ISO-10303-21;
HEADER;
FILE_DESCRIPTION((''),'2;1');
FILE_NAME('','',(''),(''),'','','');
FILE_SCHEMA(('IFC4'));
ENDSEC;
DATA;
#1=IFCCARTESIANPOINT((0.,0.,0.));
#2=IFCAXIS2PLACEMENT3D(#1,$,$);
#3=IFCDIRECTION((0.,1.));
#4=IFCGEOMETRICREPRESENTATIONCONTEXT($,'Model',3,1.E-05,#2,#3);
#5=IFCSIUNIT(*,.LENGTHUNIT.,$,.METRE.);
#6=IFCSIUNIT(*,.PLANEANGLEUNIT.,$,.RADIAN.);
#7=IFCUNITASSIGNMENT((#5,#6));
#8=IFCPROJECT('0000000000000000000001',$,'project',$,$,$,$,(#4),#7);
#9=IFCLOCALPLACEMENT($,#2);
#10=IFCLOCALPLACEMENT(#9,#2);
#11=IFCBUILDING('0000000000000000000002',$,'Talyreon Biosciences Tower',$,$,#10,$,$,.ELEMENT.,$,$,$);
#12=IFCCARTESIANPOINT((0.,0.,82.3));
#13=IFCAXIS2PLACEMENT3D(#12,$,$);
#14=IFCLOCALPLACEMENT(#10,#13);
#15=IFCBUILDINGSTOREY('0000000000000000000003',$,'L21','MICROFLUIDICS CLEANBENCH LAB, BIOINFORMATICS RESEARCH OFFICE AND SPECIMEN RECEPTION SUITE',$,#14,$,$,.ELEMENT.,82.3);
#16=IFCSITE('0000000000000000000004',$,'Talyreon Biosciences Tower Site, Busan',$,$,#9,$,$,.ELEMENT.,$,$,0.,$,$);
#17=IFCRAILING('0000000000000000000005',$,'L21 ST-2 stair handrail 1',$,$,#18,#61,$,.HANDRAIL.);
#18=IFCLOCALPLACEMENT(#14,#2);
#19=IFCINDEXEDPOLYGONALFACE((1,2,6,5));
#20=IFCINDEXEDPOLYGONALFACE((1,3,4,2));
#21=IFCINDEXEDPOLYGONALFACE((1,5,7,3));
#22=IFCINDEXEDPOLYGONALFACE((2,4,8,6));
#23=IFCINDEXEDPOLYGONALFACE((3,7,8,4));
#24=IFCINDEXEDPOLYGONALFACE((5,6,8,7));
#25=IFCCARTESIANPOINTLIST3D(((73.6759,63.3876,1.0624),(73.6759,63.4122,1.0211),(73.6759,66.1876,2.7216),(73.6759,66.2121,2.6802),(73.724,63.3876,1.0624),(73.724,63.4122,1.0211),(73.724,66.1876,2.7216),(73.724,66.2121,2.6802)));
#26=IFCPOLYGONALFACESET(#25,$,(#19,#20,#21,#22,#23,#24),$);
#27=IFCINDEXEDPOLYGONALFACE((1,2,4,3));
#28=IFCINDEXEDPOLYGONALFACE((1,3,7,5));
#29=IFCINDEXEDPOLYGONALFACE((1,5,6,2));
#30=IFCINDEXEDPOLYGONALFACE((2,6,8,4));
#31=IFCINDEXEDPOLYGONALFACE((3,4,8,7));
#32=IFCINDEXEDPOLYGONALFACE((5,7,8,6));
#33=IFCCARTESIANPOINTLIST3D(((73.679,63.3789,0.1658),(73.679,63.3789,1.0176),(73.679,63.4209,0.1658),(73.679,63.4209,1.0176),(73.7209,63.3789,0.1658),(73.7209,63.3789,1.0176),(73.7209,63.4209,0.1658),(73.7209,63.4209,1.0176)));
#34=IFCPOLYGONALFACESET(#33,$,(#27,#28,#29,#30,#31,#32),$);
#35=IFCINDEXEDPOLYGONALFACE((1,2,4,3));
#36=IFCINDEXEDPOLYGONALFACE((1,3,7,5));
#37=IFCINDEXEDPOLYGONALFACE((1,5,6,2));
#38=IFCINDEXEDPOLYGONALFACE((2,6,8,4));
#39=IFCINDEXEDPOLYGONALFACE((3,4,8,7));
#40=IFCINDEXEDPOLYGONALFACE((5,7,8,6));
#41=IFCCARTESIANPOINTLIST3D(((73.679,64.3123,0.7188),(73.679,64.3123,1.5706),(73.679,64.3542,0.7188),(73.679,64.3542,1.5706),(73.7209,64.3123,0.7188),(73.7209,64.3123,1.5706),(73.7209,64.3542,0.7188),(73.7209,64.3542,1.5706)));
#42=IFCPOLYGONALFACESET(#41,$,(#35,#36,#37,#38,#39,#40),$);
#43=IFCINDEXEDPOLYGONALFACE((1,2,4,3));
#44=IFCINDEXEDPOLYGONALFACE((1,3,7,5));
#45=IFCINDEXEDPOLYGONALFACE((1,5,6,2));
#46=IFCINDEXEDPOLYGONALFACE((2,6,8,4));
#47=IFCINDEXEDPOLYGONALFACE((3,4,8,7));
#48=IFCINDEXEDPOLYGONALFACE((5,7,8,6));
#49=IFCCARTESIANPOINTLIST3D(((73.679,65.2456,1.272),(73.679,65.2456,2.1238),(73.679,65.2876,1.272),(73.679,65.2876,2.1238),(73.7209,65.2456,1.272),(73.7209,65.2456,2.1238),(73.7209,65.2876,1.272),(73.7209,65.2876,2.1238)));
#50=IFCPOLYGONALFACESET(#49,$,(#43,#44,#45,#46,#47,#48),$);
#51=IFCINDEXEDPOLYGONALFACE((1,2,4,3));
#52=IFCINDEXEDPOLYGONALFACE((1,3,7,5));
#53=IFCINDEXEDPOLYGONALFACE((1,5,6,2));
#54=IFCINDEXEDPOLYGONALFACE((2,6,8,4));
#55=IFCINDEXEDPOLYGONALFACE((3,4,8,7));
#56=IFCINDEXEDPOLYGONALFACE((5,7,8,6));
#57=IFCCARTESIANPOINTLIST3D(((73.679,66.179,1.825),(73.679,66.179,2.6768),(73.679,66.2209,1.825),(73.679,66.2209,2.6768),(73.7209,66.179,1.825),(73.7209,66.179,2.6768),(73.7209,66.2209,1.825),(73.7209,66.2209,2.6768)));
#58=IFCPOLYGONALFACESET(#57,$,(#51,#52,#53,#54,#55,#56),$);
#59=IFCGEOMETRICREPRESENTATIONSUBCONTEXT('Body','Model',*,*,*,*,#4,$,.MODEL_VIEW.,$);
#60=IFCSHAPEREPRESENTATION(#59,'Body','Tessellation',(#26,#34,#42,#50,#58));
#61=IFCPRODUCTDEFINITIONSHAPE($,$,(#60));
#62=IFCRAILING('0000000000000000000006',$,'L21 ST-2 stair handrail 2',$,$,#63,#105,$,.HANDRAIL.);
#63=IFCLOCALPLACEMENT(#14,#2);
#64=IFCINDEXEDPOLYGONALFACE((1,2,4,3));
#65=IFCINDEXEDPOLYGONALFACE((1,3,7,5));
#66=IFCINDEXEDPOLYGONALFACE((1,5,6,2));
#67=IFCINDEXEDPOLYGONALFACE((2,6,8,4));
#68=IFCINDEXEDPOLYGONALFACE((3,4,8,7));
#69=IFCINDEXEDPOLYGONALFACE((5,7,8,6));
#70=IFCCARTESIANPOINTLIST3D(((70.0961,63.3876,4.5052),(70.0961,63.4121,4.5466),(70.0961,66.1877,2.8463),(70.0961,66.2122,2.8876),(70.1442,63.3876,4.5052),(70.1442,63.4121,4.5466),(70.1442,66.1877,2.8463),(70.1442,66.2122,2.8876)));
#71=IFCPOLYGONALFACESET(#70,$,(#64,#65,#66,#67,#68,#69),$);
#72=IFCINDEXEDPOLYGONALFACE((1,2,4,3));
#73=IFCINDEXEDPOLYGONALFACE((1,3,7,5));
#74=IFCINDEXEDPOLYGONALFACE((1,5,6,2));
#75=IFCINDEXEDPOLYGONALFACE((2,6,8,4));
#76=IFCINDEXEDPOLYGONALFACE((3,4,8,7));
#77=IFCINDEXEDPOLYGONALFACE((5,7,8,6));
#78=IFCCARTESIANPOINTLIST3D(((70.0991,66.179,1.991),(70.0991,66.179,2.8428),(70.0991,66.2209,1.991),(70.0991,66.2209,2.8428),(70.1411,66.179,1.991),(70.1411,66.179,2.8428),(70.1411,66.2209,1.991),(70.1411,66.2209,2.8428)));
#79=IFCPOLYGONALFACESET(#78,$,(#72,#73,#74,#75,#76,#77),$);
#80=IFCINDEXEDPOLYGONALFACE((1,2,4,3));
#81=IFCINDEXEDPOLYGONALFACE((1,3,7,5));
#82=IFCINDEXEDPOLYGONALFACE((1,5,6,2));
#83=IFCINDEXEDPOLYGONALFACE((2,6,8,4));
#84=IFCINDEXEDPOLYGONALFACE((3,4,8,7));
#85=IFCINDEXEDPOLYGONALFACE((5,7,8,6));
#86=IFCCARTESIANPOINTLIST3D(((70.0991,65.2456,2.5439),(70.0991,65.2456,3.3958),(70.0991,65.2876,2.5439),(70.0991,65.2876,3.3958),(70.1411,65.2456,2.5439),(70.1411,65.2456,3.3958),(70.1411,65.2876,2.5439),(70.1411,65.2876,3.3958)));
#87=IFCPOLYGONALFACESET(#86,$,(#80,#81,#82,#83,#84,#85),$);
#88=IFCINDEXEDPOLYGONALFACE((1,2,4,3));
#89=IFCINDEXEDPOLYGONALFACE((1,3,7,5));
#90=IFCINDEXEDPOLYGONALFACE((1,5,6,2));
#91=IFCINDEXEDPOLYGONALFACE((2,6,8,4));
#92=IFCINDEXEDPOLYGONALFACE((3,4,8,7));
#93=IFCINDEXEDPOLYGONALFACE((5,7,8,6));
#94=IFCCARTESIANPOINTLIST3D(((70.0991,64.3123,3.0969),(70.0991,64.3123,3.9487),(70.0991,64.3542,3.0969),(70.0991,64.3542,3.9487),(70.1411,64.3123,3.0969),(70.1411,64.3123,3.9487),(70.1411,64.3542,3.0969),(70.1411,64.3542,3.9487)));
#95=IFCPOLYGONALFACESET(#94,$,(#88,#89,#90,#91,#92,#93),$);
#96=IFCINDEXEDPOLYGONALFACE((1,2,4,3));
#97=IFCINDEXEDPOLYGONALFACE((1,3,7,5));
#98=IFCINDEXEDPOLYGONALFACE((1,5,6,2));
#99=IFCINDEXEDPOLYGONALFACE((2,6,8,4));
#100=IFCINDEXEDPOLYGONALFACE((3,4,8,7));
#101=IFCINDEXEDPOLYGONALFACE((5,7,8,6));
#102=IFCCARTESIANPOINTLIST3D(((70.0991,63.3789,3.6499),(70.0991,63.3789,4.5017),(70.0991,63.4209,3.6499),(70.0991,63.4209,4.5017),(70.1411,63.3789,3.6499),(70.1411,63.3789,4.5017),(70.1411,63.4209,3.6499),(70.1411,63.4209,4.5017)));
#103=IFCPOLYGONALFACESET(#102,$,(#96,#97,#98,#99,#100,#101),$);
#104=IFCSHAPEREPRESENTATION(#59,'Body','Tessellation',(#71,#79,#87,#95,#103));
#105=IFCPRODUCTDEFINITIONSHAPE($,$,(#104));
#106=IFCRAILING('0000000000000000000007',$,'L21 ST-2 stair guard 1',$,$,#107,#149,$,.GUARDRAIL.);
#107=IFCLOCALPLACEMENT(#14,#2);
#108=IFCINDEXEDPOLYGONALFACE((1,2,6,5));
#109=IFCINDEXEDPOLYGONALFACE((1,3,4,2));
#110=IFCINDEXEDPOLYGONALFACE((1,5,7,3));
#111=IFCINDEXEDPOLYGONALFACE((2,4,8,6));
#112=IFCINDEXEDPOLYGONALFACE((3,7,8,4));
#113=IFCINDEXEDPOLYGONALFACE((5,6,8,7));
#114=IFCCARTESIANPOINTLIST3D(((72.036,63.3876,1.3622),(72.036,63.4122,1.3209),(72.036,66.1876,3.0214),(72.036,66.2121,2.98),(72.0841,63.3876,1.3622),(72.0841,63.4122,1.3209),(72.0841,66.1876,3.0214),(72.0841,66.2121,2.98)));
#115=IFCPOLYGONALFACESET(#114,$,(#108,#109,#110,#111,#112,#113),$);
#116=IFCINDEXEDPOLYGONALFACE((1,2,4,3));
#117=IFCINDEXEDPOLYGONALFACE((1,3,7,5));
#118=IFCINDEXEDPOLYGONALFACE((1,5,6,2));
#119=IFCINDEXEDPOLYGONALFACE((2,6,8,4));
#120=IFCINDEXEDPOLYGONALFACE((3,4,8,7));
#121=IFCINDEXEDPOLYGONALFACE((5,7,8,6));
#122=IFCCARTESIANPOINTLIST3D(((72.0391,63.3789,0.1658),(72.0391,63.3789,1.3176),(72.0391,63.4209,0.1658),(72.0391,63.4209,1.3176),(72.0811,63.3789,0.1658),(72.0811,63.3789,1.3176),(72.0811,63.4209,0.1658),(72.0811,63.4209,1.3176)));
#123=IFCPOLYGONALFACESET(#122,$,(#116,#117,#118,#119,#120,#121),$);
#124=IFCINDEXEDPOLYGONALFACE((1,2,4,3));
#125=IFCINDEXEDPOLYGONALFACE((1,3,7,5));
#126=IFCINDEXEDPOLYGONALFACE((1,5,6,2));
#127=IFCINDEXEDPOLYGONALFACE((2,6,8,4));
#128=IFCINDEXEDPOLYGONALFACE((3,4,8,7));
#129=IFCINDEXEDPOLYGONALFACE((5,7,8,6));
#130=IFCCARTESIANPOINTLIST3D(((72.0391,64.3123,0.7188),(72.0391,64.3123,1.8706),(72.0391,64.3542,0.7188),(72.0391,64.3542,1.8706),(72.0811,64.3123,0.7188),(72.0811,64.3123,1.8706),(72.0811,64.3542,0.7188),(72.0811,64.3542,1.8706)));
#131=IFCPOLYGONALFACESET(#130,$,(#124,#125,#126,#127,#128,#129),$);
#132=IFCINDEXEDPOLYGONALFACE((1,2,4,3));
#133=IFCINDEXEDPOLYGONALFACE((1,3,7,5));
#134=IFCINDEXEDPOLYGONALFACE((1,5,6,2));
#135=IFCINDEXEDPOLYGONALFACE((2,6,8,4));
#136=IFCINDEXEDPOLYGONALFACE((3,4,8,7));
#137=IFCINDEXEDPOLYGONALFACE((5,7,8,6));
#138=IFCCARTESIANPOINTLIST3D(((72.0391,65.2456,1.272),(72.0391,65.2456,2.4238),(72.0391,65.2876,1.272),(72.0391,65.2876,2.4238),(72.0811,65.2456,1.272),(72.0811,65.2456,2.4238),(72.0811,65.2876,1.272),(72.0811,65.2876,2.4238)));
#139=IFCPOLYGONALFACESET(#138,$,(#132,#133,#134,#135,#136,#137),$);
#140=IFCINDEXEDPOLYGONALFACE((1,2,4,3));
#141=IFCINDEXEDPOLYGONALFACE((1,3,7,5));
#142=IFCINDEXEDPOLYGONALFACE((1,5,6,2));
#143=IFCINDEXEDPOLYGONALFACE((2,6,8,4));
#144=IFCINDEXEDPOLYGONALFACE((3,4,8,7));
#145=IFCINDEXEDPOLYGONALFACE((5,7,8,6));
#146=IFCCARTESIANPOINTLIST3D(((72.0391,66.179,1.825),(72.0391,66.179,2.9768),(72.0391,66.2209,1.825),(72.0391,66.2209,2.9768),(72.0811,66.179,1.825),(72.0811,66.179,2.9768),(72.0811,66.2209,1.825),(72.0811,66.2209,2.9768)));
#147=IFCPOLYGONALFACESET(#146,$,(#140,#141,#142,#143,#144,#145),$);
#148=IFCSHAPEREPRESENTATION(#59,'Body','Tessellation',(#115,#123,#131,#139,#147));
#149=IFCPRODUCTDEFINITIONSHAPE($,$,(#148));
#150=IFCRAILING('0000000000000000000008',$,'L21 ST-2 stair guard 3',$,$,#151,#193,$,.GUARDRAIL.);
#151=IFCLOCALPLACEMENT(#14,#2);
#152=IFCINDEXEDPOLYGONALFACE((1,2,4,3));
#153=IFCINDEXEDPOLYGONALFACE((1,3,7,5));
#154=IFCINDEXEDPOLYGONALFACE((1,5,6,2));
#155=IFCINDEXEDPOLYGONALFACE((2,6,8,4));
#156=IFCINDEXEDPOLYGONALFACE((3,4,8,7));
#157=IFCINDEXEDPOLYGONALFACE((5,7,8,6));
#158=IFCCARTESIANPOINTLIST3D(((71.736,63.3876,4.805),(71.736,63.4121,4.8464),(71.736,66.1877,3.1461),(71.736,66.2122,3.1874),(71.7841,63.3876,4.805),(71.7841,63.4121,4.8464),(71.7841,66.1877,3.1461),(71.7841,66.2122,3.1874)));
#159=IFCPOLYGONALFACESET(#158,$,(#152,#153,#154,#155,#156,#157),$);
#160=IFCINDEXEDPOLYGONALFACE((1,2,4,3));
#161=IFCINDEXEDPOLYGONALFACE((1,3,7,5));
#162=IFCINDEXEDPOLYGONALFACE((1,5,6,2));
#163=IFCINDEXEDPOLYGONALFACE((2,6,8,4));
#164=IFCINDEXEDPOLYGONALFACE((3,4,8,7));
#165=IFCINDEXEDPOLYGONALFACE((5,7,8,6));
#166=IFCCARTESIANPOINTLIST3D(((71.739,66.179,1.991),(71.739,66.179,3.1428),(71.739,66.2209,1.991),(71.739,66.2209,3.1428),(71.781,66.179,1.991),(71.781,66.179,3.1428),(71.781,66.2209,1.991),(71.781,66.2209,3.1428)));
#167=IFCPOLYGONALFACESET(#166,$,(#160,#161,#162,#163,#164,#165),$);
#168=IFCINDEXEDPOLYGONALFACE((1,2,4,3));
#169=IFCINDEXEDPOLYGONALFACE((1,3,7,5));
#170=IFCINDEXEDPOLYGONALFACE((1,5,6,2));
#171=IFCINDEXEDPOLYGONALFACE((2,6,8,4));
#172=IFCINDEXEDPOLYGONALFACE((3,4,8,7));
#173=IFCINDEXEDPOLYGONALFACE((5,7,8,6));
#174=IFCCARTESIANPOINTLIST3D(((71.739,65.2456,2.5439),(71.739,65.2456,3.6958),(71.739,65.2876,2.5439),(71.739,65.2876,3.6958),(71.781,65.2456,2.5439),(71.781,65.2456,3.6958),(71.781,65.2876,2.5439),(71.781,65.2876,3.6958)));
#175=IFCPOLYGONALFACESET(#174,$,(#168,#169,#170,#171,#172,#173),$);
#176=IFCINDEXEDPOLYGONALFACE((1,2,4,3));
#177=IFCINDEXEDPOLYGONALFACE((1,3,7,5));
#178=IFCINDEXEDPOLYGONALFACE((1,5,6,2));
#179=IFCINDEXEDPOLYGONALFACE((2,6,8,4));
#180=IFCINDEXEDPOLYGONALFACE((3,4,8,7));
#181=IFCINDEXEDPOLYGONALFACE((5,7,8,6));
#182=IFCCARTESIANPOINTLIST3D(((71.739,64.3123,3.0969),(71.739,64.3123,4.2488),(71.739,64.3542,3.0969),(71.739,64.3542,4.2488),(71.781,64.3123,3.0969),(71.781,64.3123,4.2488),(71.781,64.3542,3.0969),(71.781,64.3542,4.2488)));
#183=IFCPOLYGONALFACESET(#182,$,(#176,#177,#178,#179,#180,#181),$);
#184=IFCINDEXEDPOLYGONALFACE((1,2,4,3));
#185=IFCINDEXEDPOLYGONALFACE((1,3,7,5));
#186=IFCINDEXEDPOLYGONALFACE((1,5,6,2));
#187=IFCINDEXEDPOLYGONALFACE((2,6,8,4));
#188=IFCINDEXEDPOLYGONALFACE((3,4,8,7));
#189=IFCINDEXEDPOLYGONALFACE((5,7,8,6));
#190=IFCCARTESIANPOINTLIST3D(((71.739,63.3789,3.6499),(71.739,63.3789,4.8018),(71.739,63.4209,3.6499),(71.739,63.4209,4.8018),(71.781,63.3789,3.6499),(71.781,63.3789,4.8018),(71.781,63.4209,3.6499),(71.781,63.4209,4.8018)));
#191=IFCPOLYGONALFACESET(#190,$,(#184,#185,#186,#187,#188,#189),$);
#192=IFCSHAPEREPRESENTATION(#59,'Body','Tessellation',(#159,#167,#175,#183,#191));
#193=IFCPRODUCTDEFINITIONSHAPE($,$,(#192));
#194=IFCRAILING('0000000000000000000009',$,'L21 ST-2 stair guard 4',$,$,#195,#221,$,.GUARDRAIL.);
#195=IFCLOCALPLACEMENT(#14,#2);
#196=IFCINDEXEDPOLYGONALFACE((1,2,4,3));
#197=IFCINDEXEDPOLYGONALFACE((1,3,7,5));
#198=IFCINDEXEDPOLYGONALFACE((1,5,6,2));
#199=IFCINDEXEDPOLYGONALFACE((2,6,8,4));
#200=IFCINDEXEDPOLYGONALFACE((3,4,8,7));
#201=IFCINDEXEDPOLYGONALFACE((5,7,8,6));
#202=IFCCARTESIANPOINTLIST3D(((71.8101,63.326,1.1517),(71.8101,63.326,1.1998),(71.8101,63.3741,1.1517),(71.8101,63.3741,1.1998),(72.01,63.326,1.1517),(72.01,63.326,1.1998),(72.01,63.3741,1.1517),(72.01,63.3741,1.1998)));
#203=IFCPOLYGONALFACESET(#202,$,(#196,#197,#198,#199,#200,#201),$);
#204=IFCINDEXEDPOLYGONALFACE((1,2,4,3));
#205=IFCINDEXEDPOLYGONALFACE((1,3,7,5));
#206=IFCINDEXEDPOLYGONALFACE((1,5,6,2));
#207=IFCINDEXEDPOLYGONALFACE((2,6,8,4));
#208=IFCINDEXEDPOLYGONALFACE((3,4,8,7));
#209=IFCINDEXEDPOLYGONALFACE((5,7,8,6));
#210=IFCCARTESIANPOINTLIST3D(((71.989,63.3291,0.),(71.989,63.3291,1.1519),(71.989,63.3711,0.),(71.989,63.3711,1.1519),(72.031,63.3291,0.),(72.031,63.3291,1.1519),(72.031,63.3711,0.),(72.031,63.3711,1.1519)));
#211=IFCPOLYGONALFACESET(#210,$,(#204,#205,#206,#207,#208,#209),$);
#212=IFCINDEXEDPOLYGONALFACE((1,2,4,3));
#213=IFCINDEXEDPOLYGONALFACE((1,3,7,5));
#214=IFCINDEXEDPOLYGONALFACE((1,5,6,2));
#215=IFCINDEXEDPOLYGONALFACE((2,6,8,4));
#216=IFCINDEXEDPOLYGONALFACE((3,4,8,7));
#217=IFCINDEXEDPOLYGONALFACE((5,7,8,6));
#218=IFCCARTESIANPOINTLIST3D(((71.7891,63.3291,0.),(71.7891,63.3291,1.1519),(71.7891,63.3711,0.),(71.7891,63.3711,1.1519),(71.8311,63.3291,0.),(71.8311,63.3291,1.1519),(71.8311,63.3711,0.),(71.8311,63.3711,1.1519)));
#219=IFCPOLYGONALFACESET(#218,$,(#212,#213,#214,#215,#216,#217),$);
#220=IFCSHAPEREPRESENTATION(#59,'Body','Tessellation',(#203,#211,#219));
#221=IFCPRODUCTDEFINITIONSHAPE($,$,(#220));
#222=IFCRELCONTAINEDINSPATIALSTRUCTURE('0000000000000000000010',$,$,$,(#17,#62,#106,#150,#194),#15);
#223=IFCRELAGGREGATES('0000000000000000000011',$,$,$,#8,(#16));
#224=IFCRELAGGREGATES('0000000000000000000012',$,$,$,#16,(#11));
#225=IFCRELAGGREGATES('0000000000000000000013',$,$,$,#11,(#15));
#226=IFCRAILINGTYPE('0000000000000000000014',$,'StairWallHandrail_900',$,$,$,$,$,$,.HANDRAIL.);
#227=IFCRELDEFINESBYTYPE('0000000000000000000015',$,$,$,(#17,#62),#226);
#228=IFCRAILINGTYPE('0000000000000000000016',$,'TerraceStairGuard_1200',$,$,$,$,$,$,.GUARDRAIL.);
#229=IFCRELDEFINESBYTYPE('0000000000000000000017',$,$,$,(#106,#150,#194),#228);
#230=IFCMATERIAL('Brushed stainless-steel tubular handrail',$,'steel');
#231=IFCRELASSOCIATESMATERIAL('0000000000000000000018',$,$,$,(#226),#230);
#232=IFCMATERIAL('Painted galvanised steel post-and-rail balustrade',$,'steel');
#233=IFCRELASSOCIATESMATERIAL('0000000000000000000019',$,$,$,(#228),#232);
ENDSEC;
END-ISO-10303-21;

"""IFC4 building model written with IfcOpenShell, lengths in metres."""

from ifc_helpers import new_model, si_unit, direction, frame, origin, origin_2d, place, context, subcontext, project, spatial, rectangle, extrude, material, type_object, element, save


model = new_model("IFC4")

# Units and contexts
model_context = context("Model", 3, precision=1e-05, world=origin(), true_north=direction((0.0, 1.0)))
body_context = subcontext(model_context, "Body", "Model", "MODEL_VIEW")
ifc_project = project(units=[si_unit("LENGTHUNIT", "METRE"), si_unit("PLANEANGLEUNIT", "RADIAN")], contexts=[model_context])

# Site, building, storey
site_placement = place(None, origin())
site = spatial("IfcSite", under=ifc_project, at=site_placement, Name="Talyreon Biosciences Tower Site, Busan", CompositionType="ELEMENT", RefElevation=0.0)
building_placement = place(site_placement, origin())
building = spatial("IfcBuilding", under=site, at=building_placement, Name="Talyreon Biosciences Tower", CompositionType="ELEMENT")
storey_placement = place(building_placement, frame((0.0, 0.0, 82.3)))
storey = spatial("IfcBuildingStorey", under=building, at=storey_placement, Name="L21", Description="MICROFLUIDICS CLEANBENCH LAB, BIOINFORMATICS RESEARCH OFFICE AND SPECIMEN RECEPTION SUITE", CompositionType="ELEMENT", Elevation=82.3)

# Railings
ifc_material_1 = material(Name="Brushed stainless-steel tubular handrail", Category="steel")
railing_type_1 = type_object("IfcRailingType", Name="StairWallHandrail_900", PredefinedType="HANDRAIL", material=ifc_material_1)
railing_1_placement = place(storey_placement, frame((73.7, 63.3999, 0.1658)))
element("IfcRailing", 1, at=railing_1_placement, inside=storey, type_object=railing_type_1, Name="L21 ST-2 stair handrail 1", PredefinedType="HANDRAIL", context=body_context, shape_type="SweptSolid", body=[
    extrude(rectangle(XDim=0.0481, YDim=0.0481, at=origin_2d()), frame((0.0, 0.0, 0.876), z_axis=(0.0, 0.860306, 0.509778), x_axis=(-1.0, 0.0, 0.0)), (0.0, 0.0, 1.0), 3.2546),
    extrude(rectangle(XDim=0.042, YDim=0.042, at=origin_2d()), origin(), (0.0, 0.0, 1.0), 0.8518),
    extrude(rectangle(XDim=0.042, YDim=0.042, at=origin_2d()), frame((0.0, 0.9333, 0.553)), (0.0, 0.0, 1.0), 0.8518),
    extrude(rectangle(XDim=0.042, YDim=0.042, at=origin_2d()), frame((0.0, 1.8667, 1.1062)), (0.0, 0.0, 1.0), 0.8518),
    extrude(rectangle(XDim=0.042, YDim=0.042, at=origin_2d()), frame((0.0, 2.8, 1.6592)), (0.0, 0.0, 1.0), 0.8518),
])
railing_2_placement = place(storey_placement, frame((70.1201, 66.2, 1.991)))
element("IfcRailing", 2, at=railing_2_placement, inside=storey, type_object=railing_type_1, Name="L21 ST-2 stair handrail 2", PredefinedType="HANDRAIL", context=body_context, shape_type="SweptSolid", body=[
    extrude(rectangle(XDim=0.0481, YDim=0.0481, at=origin_2d()), frame((0.0, 0.0, 0.876), z_axis=(0.0, -0.860339, 0.509722), x_axis=(1.0, 0.0, 0.0)), (0.0, 0.0, 1.0), 3.2546),
    extrude(rectangle(XDim=0.042, YDim=0.042, at=origin_2d()), origin(), (0.0, 0.0, 1.0), 0.8518),
    extrude(rectangle(XDim=0.042, YDim=0.042, at=origin_2d()), frame((0.0, -0.9333, 0.553)), (0.0, 0.0, 1.0), 0.8518),
    extrude(rectangle(XDim=0.042, YDim=0.042, at=origin_2d()), frame((0.0, -1.8667, 1.106)), (0.0, 0.0, 1.0), 0.8518),
    extrude(rectangle(XDim=0.042, YDim=0.042, at=origin_2d()), frame((0.0, -2.8, 1.6589)), (0.0, 0.0, 1.0), 0.8518),
])
ifc_material_2 = material(Name="Painted galvanised steel post-and-rail balustrade", Category="steel")
railing_type_2 = type_object("IfcRailingType", Name="TerraceStairGuard_1200", PredefinedType="GUARDRAIL", material=ifc_material_2)
railing_3_placement = place(storey_placement, frame((72.0601, 63.3999, 0.1658)))
element("IfcRailing", 3, at=railing_3_placement, inside=storey, type_object=railing_type_2, Name="L21 ST-2 stair guard 1", PredefinedType="GUARDRAIL", context=body_context, shape_type="SweptSolid", body=[
    extrude(rectangle(XDim=0.0481, YDim=0.0481, at=origin_2d()), frame((0.0, 0.0, 1.1758), z_axis=(0.0, 0.860306, 0.509778), x_axis=(-1.0, 0.0, 0.0)), (0.0, 0.0, 1.0), 3.2546),
    extrude(rectangle(XDim=0.042, YDim=0.042, at=origin_2d()), origin(), (0.0, 0.0, 1.0), 1.1519),
    extrude(rectangle(XDim=0.042, YDim=0.042, at=origin_2d()), frame((0.0, 0.9333, 0.553)), (0.0, 0.0, 1.0), 1.1519),
    extrude(rectangle(XDim=0.042, YDim=0.042, at=origin_2d()), frame((0.0, 1.8667, 1.1062)), (0.0, 0.0, 1.0), 1.1519),
    extrude(rectangle(XDim=0.042, YDim=0.042, at=origin_2d()), frame((0.0, 2.8, 1.6592)), (0.0, 0.0, 1.0), 1.1519),
])
railing_4_placement = place(storey_placement, frame((71.76, 66.2, 1.991)))
element("IfcRailing", 4, at=railing_4_placement, inside=storey, type_object=railing_type_2, Name="L21 ST-2 stair guard 3", PredefinedType="GUARDRAIL", context=body_context, shape_type="SweptSolid", body=[
    extrude(rectangle(XDim=0.0481, YDim=0.0481, at=origin_2d()), frame((0.0, 0.0, 1.1758), z_axis=(0.0, -0.860339, 0.509722), x_axis=(1.0, 0.0, 0.0)), (0.0, 0.0, 1.0), 3.2546),
    extrude(rectangle(XDim=0.042, YDim=0.042, at=origin_2d()), origin(), (0.0, 0.0, 1.0), 1.1519),
    extrude(rectangle(XDim=0.042, YDim=0.042, at=origin_2d()), frame((0.0, -0.9333, 0.553)), (0.0, 0.0, 1.0), 1.1519),
    extrude(rectangle(XDim=0.042, YDim=0.042, at=origin_2d()), frame((0.0, -1.8667, 1.106)), (0.0, 0.0, 1.0), 1.1519),
    extrude(rectangle(XDim=0.042, YDim=0.042, at=origin_2d()), frame((0.0, -2.8, 1.6589)), (0.0, 0.0, 1.0), 1.1519),
])
railing_5_placement = place(storey_placement, frame((72.01, 63.3501, 0.0)))
element("IfcRailing", 5, at=railing_5_placement, inside=storey, type_object=railing_type_2, Name="L21 ST-2 stair guard 4", PredefinedType="GUARDRAIL", context=body_context, shape_type="SweptSolid", body=[
    extrude(rectangle(XDim=0.0481, YDim=0.0481, at=origin_2d()), frame((0.0, 0.0, 1.1758), z_axis=(-1.0, 0.0, 0.0), x_axis=(0.0, -1.0, 0.0)), (0.0, 0.0, 1.0), 0.2),
    extrude(rectangle(XDim=0.042, YDim=0.042, at=origin_2d()), origin(), (0.0, 0.0, 1.0), 1.1519),
    extrude(rectangle(XDim=0.042, YDim=0.042, at=origin_2d()), frame((-0.2, 0.0, 0.0)), (0.0, 0.0, 1.0), 1.1519),
])

save(model, "model.ifc")
